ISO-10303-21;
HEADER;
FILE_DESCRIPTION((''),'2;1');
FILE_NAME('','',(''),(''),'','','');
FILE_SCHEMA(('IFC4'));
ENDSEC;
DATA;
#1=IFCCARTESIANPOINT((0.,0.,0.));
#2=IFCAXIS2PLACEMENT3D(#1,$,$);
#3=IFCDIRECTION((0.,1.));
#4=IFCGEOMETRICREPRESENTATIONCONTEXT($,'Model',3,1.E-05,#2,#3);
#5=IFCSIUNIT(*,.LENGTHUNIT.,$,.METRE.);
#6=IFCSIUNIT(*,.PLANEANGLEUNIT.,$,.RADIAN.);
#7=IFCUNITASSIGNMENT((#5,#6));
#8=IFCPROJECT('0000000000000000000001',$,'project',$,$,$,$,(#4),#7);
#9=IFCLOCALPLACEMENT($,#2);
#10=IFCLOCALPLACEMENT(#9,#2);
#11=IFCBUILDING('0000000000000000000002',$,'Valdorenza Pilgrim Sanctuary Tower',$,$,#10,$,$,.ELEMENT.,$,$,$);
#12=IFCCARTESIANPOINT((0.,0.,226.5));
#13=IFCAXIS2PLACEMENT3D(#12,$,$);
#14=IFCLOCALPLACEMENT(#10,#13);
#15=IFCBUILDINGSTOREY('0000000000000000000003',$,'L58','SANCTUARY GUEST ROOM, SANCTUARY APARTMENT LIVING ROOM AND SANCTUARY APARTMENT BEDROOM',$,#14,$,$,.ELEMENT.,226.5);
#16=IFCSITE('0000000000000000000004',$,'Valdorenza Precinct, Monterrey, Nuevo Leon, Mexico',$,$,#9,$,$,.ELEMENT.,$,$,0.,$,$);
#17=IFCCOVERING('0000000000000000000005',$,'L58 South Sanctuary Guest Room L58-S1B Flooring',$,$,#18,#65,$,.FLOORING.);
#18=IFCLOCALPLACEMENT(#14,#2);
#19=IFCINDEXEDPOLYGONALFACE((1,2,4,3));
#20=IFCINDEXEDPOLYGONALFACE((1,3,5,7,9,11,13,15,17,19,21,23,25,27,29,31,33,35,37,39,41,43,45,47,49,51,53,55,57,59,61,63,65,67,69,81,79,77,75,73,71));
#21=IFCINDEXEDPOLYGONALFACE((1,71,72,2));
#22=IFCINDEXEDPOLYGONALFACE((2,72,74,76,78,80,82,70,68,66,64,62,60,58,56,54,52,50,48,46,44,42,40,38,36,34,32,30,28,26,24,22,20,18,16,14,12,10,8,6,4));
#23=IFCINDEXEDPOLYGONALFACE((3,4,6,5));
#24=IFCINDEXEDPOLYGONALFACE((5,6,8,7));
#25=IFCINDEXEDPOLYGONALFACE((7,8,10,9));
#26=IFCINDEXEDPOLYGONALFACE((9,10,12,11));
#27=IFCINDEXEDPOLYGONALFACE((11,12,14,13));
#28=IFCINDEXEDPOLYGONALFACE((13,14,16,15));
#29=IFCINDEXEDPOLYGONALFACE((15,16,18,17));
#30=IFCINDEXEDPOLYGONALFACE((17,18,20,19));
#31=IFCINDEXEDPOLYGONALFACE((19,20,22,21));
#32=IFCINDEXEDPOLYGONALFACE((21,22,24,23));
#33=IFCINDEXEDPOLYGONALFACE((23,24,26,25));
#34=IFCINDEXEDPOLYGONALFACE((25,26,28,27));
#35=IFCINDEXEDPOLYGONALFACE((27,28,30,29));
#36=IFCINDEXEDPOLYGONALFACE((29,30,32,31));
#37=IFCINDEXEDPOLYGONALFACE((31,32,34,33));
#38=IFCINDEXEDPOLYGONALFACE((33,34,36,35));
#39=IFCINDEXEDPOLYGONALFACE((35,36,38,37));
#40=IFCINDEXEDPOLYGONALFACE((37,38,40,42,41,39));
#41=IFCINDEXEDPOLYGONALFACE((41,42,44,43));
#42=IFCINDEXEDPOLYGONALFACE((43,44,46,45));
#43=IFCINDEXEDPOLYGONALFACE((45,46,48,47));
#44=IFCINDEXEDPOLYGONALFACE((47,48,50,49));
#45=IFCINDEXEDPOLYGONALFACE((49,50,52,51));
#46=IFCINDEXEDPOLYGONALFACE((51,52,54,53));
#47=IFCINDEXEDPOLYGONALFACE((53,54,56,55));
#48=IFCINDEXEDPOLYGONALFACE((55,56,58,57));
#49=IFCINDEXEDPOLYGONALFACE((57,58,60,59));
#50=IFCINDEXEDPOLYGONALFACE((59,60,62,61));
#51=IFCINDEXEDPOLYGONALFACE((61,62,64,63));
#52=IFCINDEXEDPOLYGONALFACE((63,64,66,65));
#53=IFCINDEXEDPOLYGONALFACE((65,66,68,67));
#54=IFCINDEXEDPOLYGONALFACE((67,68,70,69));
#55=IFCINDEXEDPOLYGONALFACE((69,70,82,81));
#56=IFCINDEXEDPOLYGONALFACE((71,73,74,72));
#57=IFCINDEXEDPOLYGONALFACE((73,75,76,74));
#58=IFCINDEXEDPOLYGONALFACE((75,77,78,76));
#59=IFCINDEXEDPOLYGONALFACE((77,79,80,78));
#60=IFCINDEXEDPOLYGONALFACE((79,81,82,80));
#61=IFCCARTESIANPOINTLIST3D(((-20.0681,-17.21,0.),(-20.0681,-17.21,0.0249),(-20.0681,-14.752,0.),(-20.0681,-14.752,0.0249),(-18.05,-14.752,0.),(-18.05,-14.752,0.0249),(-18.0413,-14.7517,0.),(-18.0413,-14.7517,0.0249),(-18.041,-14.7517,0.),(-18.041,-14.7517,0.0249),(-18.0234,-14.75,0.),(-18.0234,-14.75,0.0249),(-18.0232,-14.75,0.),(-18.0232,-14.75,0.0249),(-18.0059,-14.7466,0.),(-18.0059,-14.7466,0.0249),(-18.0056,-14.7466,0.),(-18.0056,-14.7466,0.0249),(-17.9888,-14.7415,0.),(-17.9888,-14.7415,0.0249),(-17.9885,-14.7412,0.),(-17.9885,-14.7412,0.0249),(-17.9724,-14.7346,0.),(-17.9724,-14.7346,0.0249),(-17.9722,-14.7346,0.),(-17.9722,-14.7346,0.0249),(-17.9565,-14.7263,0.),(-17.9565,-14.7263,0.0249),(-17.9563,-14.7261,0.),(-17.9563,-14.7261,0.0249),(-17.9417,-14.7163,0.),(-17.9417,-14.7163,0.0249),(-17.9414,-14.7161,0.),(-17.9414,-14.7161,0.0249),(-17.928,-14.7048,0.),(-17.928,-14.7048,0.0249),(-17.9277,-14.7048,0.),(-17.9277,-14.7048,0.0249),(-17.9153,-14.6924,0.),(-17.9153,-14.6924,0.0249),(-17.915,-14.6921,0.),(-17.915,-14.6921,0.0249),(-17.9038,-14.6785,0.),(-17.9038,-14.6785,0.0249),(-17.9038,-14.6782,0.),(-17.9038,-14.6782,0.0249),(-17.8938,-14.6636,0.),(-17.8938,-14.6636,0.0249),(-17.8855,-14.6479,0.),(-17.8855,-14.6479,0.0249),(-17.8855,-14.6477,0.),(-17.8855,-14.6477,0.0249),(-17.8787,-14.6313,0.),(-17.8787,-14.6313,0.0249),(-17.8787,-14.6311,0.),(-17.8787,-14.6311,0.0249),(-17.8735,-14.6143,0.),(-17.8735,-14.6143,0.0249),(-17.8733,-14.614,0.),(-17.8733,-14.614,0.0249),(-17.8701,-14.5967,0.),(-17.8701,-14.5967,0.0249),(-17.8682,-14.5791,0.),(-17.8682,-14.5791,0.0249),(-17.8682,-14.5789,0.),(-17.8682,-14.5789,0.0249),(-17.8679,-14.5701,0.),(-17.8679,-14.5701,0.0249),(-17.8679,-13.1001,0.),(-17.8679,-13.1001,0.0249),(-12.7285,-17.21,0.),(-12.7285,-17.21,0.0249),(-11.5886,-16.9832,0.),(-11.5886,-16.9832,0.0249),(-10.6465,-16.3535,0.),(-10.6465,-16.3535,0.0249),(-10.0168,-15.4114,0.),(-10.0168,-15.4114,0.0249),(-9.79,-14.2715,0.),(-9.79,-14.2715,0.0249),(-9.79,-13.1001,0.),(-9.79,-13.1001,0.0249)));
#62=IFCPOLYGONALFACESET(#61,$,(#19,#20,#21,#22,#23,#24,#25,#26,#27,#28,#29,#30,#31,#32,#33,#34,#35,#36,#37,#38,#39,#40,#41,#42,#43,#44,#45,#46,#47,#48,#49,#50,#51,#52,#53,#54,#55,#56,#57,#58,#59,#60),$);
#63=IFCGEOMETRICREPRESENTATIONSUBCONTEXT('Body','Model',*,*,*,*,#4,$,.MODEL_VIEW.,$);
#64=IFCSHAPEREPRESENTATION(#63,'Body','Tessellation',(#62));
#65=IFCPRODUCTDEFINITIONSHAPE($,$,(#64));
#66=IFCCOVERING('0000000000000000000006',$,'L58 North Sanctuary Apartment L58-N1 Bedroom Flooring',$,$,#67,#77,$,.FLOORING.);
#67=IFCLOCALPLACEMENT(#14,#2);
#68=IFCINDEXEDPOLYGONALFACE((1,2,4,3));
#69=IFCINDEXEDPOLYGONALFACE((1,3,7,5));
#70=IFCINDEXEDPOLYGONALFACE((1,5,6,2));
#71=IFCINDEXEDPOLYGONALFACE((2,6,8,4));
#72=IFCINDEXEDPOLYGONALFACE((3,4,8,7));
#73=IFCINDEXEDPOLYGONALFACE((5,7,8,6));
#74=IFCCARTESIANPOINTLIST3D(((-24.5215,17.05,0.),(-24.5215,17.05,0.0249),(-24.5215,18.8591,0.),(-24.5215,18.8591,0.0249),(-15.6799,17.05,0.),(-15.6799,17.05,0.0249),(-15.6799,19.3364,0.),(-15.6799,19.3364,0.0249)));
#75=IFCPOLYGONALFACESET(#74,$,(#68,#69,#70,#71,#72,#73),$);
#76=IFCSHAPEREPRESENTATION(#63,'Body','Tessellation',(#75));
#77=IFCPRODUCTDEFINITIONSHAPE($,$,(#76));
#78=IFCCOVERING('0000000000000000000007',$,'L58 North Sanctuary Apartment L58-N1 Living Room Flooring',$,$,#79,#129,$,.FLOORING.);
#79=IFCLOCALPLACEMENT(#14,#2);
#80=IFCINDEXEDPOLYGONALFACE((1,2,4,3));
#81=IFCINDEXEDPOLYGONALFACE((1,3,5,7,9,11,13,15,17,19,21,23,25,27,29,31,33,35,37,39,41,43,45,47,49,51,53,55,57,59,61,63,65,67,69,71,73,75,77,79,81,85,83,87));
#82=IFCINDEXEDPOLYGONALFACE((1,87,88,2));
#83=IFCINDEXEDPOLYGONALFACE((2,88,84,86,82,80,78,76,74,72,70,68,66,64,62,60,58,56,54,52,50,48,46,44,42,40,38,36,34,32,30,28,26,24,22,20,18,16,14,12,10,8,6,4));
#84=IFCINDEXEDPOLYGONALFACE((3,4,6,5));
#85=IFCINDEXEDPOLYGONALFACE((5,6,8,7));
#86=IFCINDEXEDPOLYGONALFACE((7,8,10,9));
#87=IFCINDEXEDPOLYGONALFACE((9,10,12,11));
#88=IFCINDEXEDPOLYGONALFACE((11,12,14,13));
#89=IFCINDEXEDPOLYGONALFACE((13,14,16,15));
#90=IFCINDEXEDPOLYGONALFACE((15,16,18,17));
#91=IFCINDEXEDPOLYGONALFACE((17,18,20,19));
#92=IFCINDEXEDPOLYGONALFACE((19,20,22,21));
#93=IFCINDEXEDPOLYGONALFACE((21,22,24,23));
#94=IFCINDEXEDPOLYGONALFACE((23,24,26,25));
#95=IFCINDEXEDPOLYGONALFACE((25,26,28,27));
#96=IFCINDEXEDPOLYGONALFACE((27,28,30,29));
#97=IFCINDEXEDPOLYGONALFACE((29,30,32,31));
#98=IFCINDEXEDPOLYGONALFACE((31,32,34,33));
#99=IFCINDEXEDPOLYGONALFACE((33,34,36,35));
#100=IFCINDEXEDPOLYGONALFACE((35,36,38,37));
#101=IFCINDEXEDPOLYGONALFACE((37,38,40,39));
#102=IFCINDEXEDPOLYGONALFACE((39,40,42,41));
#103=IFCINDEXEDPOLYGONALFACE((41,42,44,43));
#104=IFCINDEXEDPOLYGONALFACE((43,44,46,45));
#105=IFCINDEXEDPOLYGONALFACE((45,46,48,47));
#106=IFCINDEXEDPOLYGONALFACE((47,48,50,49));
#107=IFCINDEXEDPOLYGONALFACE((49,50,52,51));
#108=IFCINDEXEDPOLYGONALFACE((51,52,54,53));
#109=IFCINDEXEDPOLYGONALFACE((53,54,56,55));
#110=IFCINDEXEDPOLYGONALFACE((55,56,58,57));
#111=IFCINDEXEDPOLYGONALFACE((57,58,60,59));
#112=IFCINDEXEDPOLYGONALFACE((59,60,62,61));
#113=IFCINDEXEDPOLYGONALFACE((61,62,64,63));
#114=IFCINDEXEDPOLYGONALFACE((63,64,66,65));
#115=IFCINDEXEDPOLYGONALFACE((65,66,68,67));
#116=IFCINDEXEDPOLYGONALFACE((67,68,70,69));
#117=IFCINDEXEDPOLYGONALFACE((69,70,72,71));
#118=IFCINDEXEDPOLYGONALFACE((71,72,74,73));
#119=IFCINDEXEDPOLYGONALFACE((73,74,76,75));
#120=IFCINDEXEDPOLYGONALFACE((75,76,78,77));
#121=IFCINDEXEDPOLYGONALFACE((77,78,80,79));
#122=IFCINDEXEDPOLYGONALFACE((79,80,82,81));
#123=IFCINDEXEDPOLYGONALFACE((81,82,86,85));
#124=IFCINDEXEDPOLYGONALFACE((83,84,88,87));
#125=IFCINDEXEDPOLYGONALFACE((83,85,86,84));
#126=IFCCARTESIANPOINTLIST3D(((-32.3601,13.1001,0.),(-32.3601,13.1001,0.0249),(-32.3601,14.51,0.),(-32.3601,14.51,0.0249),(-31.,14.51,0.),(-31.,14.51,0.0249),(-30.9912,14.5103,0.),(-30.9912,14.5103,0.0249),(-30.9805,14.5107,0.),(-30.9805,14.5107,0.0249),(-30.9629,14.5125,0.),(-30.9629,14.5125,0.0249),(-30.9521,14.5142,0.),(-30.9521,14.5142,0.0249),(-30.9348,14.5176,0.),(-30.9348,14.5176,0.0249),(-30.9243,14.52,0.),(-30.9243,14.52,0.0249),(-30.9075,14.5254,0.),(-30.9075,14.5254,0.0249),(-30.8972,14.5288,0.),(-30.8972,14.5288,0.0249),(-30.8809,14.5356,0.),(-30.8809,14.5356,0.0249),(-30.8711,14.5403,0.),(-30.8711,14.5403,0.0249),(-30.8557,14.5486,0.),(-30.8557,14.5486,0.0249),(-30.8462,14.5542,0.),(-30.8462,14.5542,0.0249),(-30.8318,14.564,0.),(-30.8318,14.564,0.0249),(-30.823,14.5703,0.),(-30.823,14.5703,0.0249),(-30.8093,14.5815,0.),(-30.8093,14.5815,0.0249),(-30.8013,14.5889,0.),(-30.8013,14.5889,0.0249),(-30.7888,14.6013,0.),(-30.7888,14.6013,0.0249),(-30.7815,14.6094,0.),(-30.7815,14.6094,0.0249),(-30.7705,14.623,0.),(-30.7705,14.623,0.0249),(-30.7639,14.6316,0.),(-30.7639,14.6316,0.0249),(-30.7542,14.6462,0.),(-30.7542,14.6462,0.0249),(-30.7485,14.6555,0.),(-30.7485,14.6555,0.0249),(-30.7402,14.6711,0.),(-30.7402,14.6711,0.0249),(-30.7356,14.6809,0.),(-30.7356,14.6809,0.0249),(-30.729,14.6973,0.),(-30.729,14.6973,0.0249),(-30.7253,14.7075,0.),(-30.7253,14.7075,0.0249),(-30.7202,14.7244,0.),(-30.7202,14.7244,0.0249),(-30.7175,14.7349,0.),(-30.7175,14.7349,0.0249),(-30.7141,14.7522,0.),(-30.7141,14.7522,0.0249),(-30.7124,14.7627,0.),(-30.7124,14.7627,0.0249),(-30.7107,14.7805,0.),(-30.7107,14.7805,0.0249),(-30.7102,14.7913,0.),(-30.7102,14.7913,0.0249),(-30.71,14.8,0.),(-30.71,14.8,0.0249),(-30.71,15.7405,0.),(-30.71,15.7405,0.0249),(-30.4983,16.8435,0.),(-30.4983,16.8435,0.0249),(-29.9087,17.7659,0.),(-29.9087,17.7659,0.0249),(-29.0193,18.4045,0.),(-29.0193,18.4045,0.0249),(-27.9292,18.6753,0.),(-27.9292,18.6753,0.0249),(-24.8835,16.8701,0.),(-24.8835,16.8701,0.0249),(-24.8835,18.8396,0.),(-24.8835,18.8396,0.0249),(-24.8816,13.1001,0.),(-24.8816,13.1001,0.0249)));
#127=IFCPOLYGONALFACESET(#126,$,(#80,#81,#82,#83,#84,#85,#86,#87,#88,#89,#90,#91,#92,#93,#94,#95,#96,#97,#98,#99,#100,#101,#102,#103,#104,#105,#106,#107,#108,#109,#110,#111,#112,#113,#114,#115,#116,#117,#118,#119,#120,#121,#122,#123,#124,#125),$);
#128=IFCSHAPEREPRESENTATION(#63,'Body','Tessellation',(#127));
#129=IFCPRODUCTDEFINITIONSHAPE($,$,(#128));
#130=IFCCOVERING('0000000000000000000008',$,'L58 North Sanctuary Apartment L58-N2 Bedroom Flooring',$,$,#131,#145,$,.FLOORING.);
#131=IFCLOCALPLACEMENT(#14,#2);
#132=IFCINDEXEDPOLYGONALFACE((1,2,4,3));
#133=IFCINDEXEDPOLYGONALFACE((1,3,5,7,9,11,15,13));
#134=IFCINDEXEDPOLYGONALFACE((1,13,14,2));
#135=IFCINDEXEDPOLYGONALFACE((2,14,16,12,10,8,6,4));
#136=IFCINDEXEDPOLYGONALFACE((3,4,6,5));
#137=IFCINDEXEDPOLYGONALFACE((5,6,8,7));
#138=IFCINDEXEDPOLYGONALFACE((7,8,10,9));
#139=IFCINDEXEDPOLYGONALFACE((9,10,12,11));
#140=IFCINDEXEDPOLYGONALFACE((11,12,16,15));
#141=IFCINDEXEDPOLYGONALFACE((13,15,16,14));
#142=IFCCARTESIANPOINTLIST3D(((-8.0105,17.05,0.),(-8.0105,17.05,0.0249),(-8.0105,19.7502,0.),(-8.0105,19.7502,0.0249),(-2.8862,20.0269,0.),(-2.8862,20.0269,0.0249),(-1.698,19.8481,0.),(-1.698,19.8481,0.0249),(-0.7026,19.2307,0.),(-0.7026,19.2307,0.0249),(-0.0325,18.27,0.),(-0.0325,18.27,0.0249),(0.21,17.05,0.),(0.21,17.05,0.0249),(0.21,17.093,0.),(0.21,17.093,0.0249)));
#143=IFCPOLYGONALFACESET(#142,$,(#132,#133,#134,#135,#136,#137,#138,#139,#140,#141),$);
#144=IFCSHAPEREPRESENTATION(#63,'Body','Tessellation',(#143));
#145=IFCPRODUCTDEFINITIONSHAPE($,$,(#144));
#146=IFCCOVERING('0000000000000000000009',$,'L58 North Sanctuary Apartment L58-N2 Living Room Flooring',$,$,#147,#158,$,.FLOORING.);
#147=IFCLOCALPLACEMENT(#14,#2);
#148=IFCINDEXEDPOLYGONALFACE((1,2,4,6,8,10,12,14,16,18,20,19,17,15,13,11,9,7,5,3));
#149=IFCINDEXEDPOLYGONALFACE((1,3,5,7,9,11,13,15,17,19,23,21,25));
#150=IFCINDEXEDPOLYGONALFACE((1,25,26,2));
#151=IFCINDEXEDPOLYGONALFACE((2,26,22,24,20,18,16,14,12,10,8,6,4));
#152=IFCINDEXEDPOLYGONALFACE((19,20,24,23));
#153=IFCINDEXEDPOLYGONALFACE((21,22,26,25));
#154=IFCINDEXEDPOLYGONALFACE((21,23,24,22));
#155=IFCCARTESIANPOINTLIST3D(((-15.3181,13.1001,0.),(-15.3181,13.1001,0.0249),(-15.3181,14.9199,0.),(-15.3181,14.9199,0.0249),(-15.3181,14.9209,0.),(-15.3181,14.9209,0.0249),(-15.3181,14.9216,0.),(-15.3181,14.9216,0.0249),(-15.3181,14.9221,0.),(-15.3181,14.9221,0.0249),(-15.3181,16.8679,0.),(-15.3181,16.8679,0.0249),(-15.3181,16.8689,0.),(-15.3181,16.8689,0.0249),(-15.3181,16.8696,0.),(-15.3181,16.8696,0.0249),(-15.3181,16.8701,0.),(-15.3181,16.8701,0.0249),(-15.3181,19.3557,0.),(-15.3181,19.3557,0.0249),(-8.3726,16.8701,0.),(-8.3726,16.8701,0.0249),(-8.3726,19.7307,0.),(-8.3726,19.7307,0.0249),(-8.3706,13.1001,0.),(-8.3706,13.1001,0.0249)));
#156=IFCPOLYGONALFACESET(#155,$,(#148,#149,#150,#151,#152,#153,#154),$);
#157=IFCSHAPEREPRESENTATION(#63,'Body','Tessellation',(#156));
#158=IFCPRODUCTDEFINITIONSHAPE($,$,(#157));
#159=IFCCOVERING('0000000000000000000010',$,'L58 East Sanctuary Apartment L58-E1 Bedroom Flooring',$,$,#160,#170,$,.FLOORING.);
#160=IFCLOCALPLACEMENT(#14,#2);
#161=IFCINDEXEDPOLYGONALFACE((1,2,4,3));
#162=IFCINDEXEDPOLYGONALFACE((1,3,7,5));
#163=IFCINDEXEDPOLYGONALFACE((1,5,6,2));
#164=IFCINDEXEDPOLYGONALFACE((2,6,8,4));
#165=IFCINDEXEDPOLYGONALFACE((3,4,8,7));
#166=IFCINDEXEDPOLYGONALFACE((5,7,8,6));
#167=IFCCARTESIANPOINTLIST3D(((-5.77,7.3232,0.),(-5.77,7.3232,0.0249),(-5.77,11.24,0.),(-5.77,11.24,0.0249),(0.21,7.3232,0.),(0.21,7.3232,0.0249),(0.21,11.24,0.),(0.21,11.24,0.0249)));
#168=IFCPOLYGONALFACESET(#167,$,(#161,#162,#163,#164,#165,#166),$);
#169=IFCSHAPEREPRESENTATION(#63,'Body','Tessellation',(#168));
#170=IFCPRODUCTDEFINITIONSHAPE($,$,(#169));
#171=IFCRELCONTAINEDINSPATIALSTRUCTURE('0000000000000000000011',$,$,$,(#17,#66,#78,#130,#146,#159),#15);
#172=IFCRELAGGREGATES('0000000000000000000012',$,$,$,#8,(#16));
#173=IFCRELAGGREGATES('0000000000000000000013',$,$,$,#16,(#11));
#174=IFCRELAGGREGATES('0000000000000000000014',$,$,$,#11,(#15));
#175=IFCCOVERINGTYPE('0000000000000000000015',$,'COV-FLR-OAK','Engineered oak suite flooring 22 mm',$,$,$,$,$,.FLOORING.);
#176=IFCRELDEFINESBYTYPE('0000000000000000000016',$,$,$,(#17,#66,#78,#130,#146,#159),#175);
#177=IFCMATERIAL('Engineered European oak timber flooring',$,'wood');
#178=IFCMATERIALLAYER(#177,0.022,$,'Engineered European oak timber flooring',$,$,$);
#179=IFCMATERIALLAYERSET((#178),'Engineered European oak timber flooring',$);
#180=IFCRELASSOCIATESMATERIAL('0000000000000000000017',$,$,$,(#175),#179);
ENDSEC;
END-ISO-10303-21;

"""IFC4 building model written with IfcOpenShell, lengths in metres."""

from ifc_helpers import new_model, si_unit, direction, frame, origin, place, context, subcontext, project, spatial, polyline, outline, extrude, material, layer, layer_set, type_object, element, save


model = new_model("IFC4")

# Units and contexts
model_context = context("Model", 3, precision=1e-05, world=origin(), true_north=direction((0.0, 1.0)))
body_context = subcontext(model_context, "Body", "Model", "MODEL_VIEW")
ifc_project = project(units=[si_unit("LENGTHUNIT", "METRE"), si_unit("PLANEANGLEUNIT", "RADIAN")], contexts=[model_context])

# Site, building, storey
site_placement = place(None, origin())
site = spatial("IfcSite", under=ifc_project, at=site_placement, Name="Valdorenza Precinct, Monterrey, Nuevo Leon, Mexico", CompositionType="ELEMENT", RefElevation=0.0)
building_placement = place(site_placement, origin())
building = spatial("IfcBuilding", under=site, at=building_placement, Name="Valdorenza Pilgrim Sanctuary Tower", CompositionType="ELEMENT")
storey_placement = place(building_placement, frame((0.0, 0.0, 226.5)))
storey = spatial("IfcBuildingStorey", under=building, at=storey_placement, Name="L58", Description="SANCTUARY GUEST ROOM, SANCTUARY APARTMENT LIVING ROOM AND SANCTUARY APARTMENT BEDROOM", CompositionType="ELEMENT", Elevation=226.5)

# Coverings
ifc_material_1 = material(Name="Engineered European oak timber flooring", Category="wood")
ifc_layer_1 = layer(ifc_material_1, 0.022, Name="Engineered European oak timber flooring")
ifc_layer_set_1 = layer_set([ifc_layer_1], Name="Engineered European oak timber flooring")
covering_type_1 = type_object("IfcCoveringType", Name="COV-FLR-OAK", Description="Engineered oak suite flooring 22 mm", PredefinedType="FLOORING", material=ifc_layer_set_1)
covering_1_placement = place(storey_placement, origin())
element("IfcCovering", 1, at=covering_1_placement, inside=storey, type_object=covering_type_1, Name="L58 South Sanctuary Guest Room L58-S1B Flooring", PredefinedType="FLOORING", context=body_context, shape_type="SweptSolid", body=[
    extrude(outline(polyline([(-10.0168, -15.4114), (-10.6465, -16.3535), (-11.5886, -16.9832), (-12.7285, -17.21), (-20.0681, -17.21), (-20.0681, -14.752), (-18.05, -14.752), (-18.0413, -14.7517), (-18.041, -14.7517), (-18.0234, -14.75), (-18.0232, -14.75), (-18.0059, -14.7466), (-18.0056, -14.7466), (-17.9888, -14.7415), (-17.9885, -14.7412), (-17.9724, -14.7346), (-17.9722, -14.7346), (-17.9565, -14.7263), (-17.9563, -14.7261), (-17.9417, -14.7163), (-17.9414, -14.7161), (-17.928, -14.7048), (-17.9277, -14.7048), (-17.9153, -14.6924), (-17.915, -14.6921), (-17.9038, -14.6785), (-17.9038, -14.6782), (-17.8938, -14.6636), (-17.8938, -14.6636), (-17.8855, -14.6479), (-17.8855, -14.6477), (-17.8787, -14.6313), (-17.8787, -14.6311), (-17.8735, -14.6143), (-17.8733, -14.614), (-17.8701, -14.5967), (-17.8701, -14.5967), (-17.8682, -14.5791), (-17.8682, -14.5789), (-17.8679, -14.5701), (-17.8679, -13.1001), (-9.79, -13.1001), (-9.79, -14.2715), (-10.0168, -15.4114)])), origin(), (0.0, 0.0, 1.0), 0.0249),
])
covering_2_placement = place(storey_placement, origin())
element("IfcCovering", 2, at=covering_2_placement, inside=storey, type_object=covering_type_1, Name="L58 North Sanctuary Apartment L58-N1 Bedroom Flooring", PredefinedType="FLOORING", context=body_context, shape_type="SweptSolid", body=[
    extrude(outline(polyline([(-24.5215, 17.05), (-24.5215, 18.8591), (-15.6799, 19.3364), (-15.6799, 17.05), (-24.5215, 17.05)])), origin(), (0.0, 0.0, 1.0), 0.0249),
])
covering_3_placement = place(storey_placement, origin())
element("IfcCovering", 3, at=covering_3_placement, inside=storey, type_object=covering_type_1, Name="L58 North Sanctuary Apartment L58-N1 Living Room Flooring", PredefinedType="FLOORING", context=body_context, shape_type="SweptSolid", body=[
    extrude(outline(polyline([(-32.3601, 13.1001), (-32.3601, 14.51), (-31.0, 14.51), (-30.9912, 14.5103), (-30.9805, 14.5107), (-30.9629, 14.5125), (-30.9521, 14.5142), (-30.9348, 14.5176), (-30.9243, 14.52), (-30.9075, 14.5254), (-30.8972, 14.5288), (-30.8809, 14.5356), (-30.8711, 14.5403), (-30.8557, 14.5486), (-30.8462, 14.5542), (-30.8318, 14.564), (-30.823, 14.5703), (-30.8093, 14.5815), (-30.8013, 14.5889), (-30.7888, 14.6013), (-30.7815, 14.6094), (-30.7705, 14.623), (-30.7639, 14.6316), (-30.7542, 14.6462), (-30.7485, 14.6555), (-30.7402, 14.6711), (-30.7356, 14.6809), (-30.729, 14.6973), (-30.7253, 14.7075), (-30.7202, 14.7244), (-30.7175, 14.7349), (-30.7141, 14.7522), (-30.7124, 14.7627), (-30.7107, 14.7805), (-30.7102, 14.7913), (-30.71, 14.8), (-30.71, 15.7405), (-30.4983, 16.8435), (-29.9087, 17.7659), (-29.0193, 18.4045), (-27.9292, 18.6753), (-24.8835, 18.8396), (-24.8835, 16.8701), (-24.8816, 13.1001), (-32.3601, 13.1001)])), origin(), (0.0, 0.0, 1.0), 0.0249),
])
covering_4_placement = place(storey_placement, origin())
element("IfcCovering", 4, at=covering_4_placement, inside=storey, type_object=covering_type_1, Name="L58 North Sanctuary Apartment L58-N2 Bedroom Flooring", PredefinedType="FLOORING", context=body_context, shape_type="SweptSolid", body=[
    extrude(outline(polyline([(-8.0105, 19.7502), (-2.8862, 20.0269), (-1.698, 19.8481), (-0.7026, 19.2307), (-0.0325, 18.27), (0.21, 17.093), (0.21, 17.05), (-8.0105, 17.05), (-8.0105, 19.7502)])), origin(), (0.0, 0.0, 1.0), 0.0249),
])
covering_5_placement = place(storey_placement, origin())
element("IfcCovering", 5, at=covering_5_placement, inside=storey, type_object=covering_type_1, Name="L58 North Sanctuary Apartment L58-N2 Living Room Flooring", PredefinedType="FLOORING", context=body_context, shape_type="SweptSolid", body=[
    extrude(outline(polyline([(-15.3181, 14.9216), (-15.3181, 14.9221), (-15.3181, 16.8679), (-15.3181, 16.8689), (-15.3181, 16.8696), (-15.3181, 16.8701), (-15.3181, 19.3557), (-8.3726, 19.7307), (-8.3726, 16.8701), (-8.3706, 13.1001), (-15.3181, 13.1001), (-15.3181, 14.9199), (-15.3181, 14.9209), (-15.3181, 14.9216)])), origin(), (0.0, 0.0, 1.0), 0.0249),
])
covering_6_placement = place(storey_placement, origin())
element("IfcCovering", 6, at=covering_6_placement, inside=storey, type_object=covering_type_1, Name="L58 East Sanctuary Apartment L58-E1 Bedroom Flooring", PredefinedType="FLOORING", context=body_context, shape_type="SweptSolid", body=[
    extrude(outline(polyline([(-5.77, 11.24), (0.21, 11.24), (0.21, 7.3232), (-5.77, 7.3232), (-5.77, 11.24)])), origin(), (0.0, 0.0, 1.0), 0.0249),
])

save(model, "model.ifc")
